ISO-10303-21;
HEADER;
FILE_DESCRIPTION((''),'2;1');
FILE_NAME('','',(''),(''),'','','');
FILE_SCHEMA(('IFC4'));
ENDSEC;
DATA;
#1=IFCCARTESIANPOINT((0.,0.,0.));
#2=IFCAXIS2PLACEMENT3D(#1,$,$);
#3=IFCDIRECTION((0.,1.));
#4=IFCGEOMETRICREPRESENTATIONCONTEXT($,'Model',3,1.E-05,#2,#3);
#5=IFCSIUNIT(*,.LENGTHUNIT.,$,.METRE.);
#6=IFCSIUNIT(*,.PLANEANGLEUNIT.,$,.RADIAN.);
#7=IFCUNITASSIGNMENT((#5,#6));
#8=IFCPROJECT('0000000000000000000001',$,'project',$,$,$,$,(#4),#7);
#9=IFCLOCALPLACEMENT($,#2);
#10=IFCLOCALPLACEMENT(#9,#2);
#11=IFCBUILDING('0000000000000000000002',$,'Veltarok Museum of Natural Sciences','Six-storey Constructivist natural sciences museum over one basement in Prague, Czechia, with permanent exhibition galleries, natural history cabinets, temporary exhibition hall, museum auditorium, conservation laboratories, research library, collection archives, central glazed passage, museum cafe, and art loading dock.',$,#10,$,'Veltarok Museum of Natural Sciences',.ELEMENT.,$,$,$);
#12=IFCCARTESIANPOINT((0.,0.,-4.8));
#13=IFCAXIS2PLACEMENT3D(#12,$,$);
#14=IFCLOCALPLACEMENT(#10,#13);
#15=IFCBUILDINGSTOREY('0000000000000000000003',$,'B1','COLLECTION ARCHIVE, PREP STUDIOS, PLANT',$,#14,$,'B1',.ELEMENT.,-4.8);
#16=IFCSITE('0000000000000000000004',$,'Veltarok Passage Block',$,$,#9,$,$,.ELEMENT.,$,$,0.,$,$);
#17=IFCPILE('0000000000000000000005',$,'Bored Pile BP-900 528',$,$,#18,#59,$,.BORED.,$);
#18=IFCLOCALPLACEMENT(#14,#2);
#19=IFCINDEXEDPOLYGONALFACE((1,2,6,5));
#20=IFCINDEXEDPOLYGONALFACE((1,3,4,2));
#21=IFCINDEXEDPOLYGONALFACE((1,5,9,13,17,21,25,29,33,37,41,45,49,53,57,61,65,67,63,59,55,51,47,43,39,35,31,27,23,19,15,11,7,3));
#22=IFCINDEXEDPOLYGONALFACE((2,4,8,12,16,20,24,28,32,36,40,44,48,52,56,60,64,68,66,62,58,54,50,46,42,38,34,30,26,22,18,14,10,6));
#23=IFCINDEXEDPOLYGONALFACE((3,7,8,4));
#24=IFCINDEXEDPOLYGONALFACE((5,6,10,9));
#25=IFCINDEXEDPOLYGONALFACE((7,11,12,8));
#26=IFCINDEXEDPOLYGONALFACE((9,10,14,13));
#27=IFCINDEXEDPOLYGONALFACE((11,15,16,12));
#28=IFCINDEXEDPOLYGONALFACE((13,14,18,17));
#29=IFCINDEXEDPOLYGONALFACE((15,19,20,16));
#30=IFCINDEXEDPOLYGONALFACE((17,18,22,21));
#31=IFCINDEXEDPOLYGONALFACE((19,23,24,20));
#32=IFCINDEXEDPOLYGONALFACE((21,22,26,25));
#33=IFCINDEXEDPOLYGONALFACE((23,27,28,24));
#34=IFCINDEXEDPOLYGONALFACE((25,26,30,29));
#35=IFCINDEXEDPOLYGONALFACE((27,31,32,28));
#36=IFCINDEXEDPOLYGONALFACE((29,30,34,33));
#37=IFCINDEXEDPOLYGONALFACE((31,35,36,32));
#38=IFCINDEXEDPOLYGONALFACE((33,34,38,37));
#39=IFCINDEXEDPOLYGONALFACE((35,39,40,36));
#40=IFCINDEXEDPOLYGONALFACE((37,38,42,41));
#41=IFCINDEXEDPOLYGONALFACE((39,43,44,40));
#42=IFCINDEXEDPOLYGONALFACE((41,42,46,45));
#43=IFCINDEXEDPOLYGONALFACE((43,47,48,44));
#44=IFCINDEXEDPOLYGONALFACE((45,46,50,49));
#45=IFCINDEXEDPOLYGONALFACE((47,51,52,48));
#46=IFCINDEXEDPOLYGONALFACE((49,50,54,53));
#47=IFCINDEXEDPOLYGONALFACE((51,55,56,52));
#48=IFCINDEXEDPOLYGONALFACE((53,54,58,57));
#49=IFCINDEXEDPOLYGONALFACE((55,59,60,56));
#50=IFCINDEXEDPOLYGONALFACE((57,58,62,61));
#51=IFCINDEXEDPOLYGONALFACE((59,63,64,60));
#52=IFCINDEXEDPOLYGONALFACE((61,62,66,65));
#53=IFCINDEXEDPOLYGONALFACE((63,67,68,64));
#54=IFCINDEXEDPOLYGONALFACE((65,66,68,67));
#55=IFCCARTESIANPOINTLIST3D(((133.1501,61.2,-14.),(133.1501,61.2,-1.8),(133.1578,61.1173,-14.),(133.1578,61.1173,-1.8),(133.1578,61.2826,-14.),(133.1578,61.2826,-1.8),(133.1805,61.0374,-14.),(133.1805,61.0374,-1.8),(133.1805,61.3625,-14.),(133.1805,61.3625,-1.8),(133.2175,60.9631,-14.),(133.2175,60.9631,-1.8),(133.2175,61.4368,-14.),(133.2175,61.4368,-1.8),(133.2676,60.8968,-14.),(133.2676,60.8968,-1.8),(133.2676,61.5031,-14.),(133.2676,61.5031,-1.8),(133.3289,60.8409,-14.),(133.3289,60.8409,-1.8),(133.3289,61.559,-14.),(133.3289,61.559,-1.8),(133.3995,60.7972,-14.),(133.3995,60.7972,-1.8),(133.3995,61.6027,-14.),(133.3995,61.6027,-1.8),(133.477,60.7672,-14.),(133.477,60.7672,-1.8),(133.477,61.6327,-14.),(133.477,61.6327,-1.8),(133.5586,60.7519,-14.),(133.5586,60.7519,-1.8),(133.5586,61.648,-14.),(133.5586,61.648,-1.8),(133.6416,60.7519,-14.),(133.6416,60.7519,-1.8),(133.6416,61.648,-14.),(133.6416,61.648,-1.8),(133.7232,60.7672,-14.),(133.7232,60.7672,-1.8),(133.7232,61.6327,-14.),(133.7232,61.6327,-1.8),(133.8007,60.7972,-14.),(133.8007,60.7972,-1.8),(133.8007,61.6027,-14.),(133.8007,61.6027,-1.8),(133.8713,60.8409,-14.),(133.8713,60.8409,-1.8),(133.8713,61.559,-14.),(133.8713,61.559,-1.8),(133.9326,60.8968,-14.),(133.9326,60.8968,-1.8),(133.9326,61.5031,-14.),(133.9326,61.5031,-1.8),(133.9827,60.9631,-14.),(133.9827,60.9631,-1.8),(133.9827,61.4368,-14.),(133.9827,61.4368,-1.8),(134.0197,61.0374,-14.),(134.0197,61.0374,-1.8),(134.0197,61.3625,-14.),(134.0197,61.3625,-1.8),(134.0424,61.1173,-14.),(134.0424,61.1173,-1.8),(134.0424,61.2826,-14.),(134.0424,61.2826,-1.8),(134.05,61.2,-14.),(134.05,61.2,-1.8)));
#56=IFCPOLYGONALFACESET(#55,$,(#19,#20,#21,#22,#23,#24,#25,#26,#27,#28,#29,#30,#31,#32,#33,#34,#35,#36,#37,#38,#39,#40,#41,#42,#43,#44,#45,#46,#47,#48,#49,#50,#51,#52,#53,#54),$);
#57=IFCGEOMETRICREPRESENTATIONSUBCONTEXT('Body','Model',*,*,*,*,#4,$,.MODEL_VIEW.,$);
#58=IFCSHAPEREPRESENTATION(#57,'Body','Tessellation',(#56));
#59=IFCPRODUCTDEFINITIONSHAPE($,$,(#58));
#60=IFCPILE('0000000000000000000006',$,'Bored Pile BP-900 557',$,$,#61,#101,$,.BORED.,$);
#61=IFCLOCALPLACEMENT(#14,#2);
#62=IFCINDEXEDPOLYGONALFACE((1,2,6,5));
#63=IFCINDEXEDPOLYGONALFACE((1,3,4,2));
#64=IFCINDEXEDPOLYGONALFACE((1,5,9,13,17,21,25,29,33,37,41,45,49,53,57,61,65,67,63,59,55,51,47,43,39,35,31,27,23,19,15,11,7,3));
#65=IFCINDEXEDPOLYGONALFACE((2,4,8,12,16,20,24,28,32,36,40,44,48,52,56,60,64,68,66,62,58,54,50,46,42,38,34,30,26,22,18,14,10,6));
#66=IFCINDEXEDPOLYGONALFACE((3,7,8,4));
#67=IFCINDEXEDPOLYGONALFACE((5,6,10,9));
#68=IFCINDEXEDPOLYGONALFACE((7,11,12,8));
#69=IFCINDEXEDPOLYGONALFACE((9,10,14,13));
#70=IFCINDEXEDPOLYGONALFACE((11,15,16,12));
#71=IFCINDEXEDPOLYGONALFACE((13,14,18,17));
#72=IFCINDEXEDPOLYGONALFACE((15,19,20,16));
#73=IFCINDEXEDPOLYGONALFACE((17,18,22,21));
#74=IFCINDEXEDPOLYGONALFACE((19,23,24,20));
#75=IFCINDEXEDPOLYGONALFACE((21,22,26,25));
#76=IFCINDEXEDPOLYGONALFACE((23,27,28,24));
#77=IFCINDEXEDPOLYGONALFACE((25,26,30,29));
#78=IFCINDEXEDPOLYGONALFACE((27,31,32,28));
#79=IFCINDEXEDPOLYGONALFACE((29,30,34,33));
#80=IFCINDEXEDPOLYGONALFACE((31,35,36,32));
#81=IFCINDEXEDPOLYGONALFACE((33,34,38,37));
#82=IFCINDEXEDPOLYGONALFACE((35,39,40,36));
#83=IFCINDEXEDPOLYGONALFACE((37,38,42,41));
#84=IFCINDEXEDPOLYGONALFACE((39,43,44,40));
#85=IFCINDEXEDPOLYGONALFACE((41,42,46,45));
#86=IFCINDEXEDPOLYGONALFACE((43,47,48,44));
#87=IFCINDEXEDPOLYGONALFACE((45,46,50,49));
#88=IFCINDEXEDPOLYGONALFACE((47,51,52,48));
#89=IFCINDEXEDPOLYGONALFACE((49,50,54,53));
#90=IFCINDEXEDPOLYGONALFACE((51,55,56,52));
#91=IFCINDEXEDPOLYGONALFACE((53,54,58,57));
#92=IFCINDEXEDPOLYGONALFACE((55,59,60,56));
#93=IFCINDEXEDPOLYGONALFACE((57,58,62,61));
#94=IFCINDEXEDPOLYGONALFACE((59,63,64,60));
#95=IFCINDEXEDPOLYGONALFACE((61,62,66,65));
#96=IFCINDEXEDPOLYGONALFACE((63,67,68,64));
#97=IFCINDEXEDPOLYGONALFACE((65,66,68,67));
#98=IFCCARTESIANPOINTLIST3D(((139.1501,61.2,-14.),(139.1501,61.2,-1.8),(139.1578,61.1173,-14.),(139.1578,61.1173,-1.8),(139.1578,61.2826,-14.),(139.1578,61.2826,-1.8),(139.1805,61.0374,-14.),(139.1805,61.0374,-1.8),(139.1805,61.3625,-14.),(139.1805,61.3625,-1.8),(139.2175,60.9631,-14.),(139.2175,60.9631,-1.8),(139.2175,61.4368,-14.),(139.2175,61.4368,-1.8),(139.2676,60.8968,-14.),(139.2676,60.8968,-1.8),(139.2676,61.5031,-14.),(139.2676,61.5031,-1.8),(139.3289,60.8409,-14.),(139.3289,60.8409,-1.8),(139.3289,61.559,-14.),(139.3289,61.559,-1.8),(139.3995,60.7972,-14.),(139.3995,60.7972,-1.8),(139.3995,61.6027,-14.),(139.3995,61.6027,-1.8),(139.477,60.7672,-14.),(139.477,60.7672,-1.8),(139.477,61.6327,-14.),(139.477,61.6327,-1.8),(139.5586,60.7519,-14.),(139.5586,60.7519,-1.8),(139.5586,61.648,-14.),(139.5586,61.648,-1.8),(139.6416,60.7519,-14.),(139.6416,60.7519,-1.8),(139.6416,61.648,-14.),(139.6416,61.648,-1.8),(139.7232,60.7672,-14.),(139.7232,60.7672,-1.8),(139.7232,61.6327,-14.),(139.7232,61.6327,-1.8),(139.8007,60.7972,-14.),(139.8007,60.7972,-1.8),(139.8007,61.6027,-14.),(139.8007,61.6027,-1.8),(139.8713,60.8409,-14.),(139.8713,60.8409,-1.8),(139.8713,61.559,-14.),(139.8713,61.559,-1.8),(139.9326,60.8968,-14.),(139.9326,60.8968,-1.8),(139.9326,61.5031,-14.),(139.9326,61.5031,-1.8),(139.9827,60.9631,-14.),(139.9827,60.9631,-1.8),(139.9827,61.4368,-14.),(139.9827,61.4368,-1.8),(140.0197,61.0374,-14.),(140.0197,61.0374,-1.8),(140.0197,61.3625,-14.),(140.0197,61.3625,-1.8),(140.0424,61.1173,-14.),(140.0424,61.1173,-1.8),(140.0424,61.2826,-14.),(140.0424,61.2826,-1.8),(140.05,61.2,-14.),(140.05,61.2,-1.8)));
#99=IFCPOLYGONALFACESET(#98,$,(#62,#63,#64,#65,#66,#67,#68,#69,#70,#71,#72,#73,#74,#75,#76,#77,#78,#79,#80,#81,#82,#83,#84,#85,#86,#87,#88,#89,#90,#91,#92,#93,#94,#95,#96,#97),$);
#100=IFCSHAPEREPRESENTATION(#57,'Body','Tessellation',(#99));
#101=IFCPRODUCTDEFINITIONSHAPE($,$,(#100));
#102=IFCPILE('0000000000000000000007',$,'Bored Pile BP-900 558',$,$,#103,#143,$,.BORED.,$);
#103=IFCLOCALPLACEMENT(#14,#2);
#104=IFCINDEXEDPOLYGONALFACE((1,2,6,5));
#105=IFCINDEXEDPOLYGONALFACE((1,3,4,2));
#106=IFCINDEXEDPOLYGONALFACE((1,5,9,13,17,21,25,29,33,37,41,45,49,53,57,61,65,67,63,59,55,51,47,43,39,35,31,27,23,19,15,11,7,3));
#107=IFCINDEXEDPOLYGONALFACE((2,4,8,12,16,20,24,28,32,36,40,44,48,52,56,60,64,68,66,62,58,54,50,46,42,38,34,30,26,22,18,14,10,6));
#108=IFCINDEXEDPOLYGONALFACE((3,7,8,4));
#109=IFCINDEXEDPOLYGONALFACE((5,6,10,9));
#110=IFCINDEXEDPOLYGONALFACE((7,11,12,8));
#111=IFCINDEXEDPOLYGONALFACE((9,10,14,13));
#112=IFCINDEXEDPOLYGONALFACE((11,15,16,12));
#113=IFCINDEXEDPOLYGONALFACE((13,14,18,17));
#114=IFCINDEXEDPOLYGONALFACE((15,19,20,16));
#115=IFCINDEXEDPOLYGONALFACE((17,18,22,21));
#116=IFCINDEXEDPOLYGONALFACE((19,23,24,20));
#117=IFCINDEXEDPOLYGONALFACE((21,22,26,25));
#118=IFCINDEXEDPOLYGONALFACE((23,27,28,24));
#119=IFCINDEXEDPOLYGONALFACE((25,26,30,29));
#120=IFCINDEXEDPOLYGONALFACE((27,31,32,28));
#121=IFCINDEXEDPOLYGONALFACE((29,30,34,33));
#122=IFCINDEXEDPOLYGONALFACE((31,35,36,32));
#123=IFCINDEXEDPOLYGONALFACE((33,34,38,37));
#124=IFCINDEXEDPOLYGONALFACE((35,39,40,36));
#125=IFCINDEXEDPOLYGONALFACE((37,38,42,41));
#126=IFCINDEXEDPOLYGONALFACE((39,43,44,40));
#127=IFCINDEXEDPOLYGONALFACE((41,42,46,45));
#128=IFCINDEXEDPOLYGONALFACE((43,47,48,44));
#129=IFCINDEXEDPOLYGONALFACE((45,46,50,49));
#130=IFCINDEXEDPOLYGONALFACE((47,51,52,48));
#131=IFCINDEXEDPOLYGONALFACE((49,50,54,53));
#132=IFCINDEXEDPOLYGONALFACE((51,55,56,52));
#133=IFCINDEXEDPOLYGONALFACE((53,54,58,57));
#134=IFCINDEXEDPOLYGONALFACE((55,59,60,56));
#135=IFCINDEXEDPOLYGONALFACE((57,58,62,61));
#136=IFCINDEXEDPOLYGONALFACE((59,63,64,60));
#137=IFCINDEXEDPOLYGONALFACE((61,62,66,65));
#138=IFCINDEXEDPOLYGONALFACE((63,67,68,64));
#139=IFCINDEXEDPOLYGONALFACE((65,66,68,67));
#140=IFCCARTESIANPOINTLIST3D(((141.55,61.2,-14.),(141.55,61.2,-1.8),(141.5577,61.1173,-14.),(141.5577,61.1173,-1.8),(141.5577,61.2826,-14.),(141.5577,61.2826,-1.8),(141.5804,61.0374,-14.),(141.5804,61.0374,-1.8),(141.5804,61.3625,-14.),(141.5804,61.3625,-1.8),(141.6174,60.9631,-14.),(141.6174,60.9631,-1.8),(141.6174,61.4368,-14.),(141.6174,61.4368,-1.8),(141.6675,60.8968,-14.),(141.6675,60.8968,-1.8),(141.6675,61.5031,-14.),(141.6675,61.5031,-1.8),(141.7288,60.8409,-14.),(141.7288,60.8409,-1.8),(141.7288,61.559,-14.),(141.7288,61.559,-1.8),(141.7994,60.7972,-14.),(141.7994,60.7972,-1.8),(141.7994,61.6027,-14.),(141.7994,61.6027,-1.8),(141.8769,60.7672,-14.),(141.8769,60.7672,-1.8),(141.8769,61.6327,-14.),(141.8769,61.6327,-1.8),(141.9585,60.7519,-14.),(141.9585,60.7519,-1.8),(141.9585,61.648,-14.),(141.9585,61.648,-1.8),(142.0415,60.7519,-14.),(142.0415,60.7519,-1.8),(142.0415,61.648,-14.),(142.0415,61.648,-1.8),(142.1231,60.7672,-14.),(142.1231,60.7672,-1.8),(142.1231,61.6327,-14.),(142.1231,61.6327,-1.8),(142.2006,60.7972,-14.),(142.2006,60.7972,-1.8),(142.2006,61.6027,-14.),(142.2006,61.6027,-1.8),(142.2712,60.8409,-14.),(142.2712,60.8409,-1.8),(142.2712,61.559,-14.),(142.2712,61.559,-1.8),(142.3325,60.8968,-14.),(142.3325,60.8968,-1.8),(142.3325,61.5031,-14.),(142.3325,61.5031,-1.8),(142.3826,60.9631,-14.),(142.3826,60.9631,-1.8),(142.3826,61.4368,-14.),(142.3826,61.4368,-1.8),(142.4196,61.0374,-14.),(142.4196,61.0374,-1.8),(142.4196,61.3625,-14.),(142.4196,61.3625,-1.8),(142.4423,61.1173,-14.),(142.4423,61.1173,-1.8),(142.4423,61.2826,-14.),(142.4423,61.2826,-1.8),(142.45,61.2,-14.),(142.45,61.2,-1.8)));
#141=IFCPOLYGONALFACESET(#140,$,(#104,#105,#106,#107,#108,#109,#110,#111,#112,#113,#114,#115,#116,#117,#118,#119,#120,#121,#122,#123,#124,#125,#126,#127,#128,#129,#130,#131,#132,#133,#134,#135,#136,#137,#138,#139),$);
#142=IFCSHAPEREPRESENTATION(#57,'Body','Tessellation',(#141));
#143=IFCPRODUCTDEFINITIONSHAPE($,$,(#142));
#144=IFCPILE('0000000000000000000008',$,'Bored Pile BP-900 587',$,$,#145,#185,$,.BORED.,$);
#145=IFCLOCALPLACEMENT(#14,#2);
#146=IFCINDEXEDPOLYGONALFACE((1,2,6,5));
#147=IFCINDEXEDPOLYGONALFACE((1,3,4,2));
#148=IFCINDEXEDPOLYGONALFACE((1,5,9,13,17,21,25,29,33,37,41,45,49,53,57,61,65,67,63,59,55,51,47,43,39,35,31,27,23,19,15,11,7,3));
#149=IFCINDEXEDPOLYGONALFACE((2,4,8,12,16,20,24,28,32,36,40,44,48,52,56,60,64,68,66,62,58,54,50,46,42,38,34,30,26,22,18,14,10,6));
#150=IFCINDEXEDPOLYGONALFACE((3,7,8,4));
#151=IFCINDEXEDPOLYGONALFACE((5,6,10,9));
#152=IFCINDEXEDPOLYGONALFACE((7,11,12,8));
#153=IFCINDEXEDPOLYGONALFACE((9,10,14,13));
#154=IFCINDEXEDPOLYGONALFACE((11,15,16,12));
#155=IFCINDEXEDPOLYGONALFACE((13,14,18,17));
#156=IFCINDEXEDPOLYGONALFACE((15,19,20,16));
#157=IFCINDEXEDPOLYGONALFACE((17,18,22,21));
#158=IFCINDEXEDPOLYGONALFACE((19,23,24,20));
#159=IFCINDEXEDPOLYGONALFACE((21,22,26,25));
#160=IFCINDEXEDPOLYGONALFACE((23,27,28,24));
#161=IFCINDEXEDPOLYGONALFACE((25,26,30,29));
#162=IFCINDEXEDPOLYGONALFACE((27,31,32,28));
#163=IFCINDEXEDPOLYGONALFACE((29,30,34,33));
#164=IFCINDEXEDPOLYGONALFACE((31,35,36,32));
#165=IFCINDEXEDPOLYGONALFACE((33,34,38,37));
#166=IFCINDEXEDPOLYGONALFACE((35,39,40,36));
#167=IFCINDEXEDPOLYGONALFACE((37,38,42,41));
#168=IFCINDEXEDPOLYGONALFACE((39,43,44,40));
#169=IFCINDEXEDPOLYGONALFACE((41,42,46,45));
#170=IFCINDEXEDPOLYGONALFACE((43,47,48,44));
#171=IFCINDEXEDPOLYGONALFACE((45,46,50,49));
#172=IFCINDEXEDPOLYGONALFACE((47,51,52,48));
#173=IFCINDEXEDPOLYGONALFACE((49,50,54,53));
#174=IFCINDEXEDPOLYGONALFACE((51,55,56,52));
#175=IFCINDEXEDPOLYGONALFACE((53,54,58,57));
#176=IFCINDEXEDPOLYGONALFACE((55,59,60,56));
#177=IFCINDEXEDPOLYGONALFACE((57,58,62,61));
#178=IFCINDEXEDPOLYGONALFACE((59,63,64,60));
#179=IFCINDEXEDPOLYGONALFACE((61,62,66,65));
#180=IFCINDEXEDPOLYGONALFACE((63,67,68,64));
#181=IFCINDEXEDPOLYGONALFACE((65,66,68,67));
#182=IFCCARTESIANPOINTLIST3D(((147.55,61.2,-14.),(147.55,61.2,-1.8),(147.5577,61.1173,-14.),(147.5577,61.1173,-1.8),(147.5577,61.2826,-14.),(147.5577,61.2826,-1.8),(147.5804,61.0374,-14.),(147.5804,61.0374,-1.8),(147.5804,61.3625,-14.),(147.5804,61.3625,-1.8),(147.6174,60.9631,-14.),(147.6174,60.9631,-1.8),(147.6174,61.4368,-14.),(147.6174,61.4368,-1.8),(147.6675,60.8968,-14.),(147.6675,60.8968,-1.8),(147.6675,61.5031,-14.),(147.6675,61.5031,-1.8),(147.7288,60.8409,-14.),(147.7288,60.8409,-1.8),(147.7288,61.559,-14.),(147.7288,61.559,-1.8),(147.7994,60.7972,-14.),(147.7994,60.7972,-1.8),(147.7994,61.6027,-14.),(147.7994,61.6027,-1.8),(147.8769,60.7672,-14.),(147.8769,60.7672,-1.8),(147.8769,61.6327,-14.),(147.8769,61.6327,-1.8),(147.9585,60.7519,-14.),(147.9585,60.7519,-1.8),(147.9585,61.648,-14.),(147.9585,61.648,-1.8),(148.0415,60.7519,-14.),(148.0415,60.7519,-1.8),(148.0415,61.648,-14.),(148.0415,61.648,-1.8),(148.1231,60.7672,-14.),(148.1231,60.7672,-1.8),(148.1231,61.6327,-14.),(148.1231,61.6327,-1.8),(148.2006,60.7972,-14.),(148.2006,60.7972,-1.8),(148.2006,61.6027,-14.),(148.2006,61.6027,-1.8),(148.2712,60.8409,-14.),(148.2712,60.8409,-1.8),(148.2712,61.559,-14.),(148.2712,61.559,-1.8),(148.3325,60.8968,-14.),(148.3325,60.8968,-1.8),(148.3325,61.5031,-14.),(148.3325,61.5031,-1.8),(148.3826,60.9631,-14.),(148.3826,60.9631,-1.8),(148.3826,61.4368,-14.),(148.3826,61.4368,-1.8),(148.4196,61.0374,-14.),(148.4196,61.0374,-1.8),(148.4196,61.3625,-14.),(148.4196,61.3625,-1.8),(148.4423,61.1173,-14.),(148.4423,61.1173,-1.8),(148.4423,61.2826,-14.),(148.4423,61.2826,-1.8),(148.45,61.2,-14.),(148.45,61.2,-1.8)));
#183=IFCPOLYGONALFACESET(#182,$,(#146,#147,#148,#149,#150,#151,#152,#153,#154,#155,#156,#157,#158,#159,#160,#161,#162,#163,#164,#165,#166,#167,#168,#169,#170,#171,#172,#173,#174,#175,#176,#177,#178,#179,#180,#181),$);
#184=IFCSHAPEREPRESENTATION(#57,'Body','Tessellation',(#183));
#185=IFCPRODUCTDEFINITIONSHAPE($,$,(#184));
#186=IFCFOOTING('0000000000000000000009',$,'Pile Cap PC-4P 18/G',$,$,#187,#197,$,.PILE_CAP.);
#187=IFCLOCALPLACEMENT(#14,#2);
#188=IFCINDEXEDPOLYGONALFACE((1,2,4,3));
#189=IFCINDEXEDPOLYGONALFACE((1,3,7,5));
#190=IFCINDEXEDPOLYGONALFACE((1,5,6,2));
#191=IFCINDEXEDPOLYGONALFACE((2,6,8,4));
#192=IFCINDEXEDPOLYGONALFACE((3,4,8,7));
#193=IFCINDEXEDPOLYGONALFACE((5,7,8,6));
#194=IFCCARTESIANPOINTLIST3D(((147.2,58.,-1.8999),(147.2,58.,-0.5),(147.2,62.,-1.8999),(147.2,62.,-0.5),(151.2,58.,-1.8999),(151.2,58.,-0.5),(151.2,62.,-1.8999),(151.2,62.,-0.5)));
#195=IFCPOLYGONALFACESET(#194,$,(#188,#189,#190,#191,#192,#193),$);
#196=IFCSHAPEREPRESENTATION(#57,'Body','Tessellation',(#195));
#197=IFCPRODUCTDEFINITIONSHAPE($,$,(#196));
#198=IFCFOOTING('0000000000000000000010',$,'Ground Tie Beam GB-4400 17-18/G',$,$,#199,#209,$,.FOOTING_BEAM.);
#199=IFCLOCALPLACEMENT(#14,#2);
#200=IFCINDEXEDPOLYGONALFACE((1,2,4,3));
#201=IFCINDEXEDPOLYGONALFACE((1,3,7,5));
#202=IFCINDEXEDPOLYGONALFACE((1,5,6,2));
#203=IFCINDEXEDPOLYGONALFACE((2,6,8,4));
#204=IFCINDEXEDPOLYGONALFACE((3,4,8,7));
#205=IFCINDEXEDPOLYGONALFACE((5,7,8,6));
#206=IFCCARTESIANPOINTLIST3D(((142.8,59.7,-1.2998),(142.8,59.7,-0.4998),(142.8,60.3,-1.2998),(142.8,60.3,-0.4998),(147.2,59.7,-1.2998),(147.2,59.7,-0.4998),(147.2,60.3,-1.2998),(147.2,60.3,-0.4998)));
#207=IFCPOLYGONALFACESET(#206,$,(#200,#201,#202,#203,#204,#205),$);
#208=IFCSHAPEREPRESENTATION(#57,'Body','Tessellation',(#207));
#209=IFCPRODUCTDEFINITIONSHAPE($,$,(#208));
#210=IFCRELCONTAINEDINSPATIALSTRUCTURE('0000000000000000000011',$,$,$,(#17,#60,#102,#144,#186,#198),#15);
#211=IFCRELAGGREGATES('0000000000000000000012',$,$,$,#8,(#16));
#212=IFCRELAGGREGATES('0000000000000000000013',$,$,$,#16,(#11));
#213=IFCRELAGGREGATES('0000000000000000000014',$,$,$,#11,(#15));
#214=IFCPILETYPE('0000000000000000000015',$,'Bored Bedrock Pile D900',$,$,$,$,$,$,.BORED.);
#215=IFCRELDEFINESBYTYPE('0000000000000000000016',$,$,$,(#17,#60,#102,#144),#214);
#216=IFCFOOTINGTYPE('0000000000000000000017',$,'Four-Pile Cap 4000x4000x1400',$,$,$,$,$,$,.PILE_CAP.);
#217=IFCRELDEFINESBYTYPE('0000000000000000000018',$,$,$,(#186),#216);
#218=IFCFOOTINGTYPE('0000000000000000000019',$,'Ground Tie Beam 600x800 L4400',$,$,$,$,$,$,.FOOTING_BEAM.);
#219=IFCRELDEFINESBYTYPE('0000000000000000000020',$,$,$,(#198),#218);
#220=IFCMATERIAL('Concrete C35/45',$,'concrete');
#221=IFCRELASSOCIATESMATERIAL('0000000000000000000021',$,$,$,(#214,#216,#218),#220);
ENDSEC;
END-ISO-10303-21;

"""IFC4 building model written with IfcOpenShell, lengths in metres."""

from ifc_helpers import new_model, si_unit, direction, frame, origin, origin_2d, place, context, subcontext, project, spatial, rectangle, circle, extrude, material, material_profile, profile_set, type_object, element, save


model = new_model("IFC4")

# Units and contexts
model_context = context("Model", 3, precision=1e-05, world=origin(), true_north=direction((0.0, 1.0)))
body_context = subcontext(model_context, "Body", "Model", "MODEL_VIEW")
ifc_project = project(units=[si_unit("LENGTHUNIT", "METRE"), si_unit("PLANEANGLEUNIT", "RADIAN")], contexts=[model_context])

# Site, building, storey
site_placement = place(None, origin())
site = spatial("IfcSite", under=ifc_project, at=site_placement, Name="Veltarok Passage Block", CompositionType="ELEMENT", RefElevation=0.0)
building_placement = place(site_placement, origin())
building = spatial("IfcBuilding", under=site, at=building_placement, Name="Veltarok Museum of Natural Sciences", Description="Six-storey Constructivist natural sciences museum over one basement in Prague, Czechia, with permanent exhibition galleries, natural history cabinets, temporary exhibition hall, museum auditorium, conservation laboratories, research library, collection archives, central glazed passage, museum cafe, and art loading dock.", LongName="Veltarok Museum of Natural Sciences", CompositionType="ELEMENT")
storey_placement = place(building_placement, frame((0.0, 0.0, -4.8)))
storey = spatial("IfcBuildingStorey", under=building, at=storey_placement, Name="B1", Description="COLLECTION ARCHIVE, PREP STUDIOS, PLANT", LongName="B1", CompositionType="ELEMENT", Elevation=-4.8)

# Piles
ifc_material_1 = material(Name="Concrete C35/45", Category="concrete")
ifc_material_profile_1 = material_profile(ifc_material_1, circle(Radius=0.45, at=origin_2d()), Name="BP D900")
ifc_profile_set_1 = profile_set([ifc_material_profile_1], Name="Concrete C35/45")
pile_type_1 = type_object("IfcPileType", Name="Bored Bedrock Pile D900", PredefinedType="BORED", material=ifc_profile_set_1)
for number, where, z_axis, x_axis, name in (
    (1, (133.6001, 61.2, -1.8), (0.0, 0.0, -1.0), (1.0, 0.0, 0.0), "Bored Pile BP-900 528"),
    (2, (139.6001, 61.2, -1.8), (0.0, 0.0, -1.0), (1.0, 0.0, 0.0), "Bored Pile BP-900 557"),
    (3, (142.0, 61.2, -1.8), (0.0, 0.0, -1.0), (1.0, 0.0, 0.0), "Bored Pile BP-900 558"),
    (4, (148.0, 61.2, -1.8), (0.0, 0.0, -1.0), (1.0, 0.0, 0.0), "Bored Pile BP-900 587"),
):
    element("IfcPile", number, at=place(storey_placement, frame(where, z_axis=z_axis, x_axis=x_axis)), inside=storey, type_object=pile_type_1, Name=name, PredefinedType="BORED", context=body_context, shape_type="SweptSolid", body=[
        extrude(circle(Radius=0.45, at=origin_2d()), origin(), (0.0, 0.0, 1.0), 12.2),
    ])

# Footings
footing_type_1 = type_object("IfcFootingType", Name="Four-Pile Cap 4000x4000x1400", PredefinedType="PILE_CAP", material=ifc_material_1)
footing_1_placement = place(storey_placement, frame((149.2, 60.0, -1.8999), z_axis=(0.0, 0.0, 1.0), x_axis=(1.0, 0.0, 0.0)))
element("IfcFooting", 5, at=footing_1_placement, inside=storey, type_object=footing_type_1, Name="Pile Cap PC-4P 18/G", PredefinedType="PILE_CAP", context=body_context, shape_type="SweptSolid", body=[
    extrude(rectangle(XDim=4.0, YDim=4.0, at=origin_2d()), origin(), (0.0, 0.0, 1.0), 1.3999),
])
footing_type_2 = type_object("IfcFootingType", Name="Ground Tie Beam 600x800 L4400", PredefinedType="FOOTING_BEAM", material=ifc_material_1)
footing_2_placement = place(storey_placement, frame((145.0, 60.0, -1.2998), z_axis=(0.0, 0.0, 1.0), x_axis=(1.0, 0.0, 0.0)))
element("IfcFooting", 6, at=footing_2_placement, inside=storey, type_object=footing_type_2, Name="Ground Tie Beam GB-4400 17-18/G", PredefinedType="FOOTING_BEAM", context=body_context, shape_type="SweptSolid", body=[
    extrude(rectangle(XDim=4.3999, YDim=0.6001, at=origin_2d()), origin(), (0.0, 0.0, 1.0), 0.8),
])

save(model, "model.ifc")
